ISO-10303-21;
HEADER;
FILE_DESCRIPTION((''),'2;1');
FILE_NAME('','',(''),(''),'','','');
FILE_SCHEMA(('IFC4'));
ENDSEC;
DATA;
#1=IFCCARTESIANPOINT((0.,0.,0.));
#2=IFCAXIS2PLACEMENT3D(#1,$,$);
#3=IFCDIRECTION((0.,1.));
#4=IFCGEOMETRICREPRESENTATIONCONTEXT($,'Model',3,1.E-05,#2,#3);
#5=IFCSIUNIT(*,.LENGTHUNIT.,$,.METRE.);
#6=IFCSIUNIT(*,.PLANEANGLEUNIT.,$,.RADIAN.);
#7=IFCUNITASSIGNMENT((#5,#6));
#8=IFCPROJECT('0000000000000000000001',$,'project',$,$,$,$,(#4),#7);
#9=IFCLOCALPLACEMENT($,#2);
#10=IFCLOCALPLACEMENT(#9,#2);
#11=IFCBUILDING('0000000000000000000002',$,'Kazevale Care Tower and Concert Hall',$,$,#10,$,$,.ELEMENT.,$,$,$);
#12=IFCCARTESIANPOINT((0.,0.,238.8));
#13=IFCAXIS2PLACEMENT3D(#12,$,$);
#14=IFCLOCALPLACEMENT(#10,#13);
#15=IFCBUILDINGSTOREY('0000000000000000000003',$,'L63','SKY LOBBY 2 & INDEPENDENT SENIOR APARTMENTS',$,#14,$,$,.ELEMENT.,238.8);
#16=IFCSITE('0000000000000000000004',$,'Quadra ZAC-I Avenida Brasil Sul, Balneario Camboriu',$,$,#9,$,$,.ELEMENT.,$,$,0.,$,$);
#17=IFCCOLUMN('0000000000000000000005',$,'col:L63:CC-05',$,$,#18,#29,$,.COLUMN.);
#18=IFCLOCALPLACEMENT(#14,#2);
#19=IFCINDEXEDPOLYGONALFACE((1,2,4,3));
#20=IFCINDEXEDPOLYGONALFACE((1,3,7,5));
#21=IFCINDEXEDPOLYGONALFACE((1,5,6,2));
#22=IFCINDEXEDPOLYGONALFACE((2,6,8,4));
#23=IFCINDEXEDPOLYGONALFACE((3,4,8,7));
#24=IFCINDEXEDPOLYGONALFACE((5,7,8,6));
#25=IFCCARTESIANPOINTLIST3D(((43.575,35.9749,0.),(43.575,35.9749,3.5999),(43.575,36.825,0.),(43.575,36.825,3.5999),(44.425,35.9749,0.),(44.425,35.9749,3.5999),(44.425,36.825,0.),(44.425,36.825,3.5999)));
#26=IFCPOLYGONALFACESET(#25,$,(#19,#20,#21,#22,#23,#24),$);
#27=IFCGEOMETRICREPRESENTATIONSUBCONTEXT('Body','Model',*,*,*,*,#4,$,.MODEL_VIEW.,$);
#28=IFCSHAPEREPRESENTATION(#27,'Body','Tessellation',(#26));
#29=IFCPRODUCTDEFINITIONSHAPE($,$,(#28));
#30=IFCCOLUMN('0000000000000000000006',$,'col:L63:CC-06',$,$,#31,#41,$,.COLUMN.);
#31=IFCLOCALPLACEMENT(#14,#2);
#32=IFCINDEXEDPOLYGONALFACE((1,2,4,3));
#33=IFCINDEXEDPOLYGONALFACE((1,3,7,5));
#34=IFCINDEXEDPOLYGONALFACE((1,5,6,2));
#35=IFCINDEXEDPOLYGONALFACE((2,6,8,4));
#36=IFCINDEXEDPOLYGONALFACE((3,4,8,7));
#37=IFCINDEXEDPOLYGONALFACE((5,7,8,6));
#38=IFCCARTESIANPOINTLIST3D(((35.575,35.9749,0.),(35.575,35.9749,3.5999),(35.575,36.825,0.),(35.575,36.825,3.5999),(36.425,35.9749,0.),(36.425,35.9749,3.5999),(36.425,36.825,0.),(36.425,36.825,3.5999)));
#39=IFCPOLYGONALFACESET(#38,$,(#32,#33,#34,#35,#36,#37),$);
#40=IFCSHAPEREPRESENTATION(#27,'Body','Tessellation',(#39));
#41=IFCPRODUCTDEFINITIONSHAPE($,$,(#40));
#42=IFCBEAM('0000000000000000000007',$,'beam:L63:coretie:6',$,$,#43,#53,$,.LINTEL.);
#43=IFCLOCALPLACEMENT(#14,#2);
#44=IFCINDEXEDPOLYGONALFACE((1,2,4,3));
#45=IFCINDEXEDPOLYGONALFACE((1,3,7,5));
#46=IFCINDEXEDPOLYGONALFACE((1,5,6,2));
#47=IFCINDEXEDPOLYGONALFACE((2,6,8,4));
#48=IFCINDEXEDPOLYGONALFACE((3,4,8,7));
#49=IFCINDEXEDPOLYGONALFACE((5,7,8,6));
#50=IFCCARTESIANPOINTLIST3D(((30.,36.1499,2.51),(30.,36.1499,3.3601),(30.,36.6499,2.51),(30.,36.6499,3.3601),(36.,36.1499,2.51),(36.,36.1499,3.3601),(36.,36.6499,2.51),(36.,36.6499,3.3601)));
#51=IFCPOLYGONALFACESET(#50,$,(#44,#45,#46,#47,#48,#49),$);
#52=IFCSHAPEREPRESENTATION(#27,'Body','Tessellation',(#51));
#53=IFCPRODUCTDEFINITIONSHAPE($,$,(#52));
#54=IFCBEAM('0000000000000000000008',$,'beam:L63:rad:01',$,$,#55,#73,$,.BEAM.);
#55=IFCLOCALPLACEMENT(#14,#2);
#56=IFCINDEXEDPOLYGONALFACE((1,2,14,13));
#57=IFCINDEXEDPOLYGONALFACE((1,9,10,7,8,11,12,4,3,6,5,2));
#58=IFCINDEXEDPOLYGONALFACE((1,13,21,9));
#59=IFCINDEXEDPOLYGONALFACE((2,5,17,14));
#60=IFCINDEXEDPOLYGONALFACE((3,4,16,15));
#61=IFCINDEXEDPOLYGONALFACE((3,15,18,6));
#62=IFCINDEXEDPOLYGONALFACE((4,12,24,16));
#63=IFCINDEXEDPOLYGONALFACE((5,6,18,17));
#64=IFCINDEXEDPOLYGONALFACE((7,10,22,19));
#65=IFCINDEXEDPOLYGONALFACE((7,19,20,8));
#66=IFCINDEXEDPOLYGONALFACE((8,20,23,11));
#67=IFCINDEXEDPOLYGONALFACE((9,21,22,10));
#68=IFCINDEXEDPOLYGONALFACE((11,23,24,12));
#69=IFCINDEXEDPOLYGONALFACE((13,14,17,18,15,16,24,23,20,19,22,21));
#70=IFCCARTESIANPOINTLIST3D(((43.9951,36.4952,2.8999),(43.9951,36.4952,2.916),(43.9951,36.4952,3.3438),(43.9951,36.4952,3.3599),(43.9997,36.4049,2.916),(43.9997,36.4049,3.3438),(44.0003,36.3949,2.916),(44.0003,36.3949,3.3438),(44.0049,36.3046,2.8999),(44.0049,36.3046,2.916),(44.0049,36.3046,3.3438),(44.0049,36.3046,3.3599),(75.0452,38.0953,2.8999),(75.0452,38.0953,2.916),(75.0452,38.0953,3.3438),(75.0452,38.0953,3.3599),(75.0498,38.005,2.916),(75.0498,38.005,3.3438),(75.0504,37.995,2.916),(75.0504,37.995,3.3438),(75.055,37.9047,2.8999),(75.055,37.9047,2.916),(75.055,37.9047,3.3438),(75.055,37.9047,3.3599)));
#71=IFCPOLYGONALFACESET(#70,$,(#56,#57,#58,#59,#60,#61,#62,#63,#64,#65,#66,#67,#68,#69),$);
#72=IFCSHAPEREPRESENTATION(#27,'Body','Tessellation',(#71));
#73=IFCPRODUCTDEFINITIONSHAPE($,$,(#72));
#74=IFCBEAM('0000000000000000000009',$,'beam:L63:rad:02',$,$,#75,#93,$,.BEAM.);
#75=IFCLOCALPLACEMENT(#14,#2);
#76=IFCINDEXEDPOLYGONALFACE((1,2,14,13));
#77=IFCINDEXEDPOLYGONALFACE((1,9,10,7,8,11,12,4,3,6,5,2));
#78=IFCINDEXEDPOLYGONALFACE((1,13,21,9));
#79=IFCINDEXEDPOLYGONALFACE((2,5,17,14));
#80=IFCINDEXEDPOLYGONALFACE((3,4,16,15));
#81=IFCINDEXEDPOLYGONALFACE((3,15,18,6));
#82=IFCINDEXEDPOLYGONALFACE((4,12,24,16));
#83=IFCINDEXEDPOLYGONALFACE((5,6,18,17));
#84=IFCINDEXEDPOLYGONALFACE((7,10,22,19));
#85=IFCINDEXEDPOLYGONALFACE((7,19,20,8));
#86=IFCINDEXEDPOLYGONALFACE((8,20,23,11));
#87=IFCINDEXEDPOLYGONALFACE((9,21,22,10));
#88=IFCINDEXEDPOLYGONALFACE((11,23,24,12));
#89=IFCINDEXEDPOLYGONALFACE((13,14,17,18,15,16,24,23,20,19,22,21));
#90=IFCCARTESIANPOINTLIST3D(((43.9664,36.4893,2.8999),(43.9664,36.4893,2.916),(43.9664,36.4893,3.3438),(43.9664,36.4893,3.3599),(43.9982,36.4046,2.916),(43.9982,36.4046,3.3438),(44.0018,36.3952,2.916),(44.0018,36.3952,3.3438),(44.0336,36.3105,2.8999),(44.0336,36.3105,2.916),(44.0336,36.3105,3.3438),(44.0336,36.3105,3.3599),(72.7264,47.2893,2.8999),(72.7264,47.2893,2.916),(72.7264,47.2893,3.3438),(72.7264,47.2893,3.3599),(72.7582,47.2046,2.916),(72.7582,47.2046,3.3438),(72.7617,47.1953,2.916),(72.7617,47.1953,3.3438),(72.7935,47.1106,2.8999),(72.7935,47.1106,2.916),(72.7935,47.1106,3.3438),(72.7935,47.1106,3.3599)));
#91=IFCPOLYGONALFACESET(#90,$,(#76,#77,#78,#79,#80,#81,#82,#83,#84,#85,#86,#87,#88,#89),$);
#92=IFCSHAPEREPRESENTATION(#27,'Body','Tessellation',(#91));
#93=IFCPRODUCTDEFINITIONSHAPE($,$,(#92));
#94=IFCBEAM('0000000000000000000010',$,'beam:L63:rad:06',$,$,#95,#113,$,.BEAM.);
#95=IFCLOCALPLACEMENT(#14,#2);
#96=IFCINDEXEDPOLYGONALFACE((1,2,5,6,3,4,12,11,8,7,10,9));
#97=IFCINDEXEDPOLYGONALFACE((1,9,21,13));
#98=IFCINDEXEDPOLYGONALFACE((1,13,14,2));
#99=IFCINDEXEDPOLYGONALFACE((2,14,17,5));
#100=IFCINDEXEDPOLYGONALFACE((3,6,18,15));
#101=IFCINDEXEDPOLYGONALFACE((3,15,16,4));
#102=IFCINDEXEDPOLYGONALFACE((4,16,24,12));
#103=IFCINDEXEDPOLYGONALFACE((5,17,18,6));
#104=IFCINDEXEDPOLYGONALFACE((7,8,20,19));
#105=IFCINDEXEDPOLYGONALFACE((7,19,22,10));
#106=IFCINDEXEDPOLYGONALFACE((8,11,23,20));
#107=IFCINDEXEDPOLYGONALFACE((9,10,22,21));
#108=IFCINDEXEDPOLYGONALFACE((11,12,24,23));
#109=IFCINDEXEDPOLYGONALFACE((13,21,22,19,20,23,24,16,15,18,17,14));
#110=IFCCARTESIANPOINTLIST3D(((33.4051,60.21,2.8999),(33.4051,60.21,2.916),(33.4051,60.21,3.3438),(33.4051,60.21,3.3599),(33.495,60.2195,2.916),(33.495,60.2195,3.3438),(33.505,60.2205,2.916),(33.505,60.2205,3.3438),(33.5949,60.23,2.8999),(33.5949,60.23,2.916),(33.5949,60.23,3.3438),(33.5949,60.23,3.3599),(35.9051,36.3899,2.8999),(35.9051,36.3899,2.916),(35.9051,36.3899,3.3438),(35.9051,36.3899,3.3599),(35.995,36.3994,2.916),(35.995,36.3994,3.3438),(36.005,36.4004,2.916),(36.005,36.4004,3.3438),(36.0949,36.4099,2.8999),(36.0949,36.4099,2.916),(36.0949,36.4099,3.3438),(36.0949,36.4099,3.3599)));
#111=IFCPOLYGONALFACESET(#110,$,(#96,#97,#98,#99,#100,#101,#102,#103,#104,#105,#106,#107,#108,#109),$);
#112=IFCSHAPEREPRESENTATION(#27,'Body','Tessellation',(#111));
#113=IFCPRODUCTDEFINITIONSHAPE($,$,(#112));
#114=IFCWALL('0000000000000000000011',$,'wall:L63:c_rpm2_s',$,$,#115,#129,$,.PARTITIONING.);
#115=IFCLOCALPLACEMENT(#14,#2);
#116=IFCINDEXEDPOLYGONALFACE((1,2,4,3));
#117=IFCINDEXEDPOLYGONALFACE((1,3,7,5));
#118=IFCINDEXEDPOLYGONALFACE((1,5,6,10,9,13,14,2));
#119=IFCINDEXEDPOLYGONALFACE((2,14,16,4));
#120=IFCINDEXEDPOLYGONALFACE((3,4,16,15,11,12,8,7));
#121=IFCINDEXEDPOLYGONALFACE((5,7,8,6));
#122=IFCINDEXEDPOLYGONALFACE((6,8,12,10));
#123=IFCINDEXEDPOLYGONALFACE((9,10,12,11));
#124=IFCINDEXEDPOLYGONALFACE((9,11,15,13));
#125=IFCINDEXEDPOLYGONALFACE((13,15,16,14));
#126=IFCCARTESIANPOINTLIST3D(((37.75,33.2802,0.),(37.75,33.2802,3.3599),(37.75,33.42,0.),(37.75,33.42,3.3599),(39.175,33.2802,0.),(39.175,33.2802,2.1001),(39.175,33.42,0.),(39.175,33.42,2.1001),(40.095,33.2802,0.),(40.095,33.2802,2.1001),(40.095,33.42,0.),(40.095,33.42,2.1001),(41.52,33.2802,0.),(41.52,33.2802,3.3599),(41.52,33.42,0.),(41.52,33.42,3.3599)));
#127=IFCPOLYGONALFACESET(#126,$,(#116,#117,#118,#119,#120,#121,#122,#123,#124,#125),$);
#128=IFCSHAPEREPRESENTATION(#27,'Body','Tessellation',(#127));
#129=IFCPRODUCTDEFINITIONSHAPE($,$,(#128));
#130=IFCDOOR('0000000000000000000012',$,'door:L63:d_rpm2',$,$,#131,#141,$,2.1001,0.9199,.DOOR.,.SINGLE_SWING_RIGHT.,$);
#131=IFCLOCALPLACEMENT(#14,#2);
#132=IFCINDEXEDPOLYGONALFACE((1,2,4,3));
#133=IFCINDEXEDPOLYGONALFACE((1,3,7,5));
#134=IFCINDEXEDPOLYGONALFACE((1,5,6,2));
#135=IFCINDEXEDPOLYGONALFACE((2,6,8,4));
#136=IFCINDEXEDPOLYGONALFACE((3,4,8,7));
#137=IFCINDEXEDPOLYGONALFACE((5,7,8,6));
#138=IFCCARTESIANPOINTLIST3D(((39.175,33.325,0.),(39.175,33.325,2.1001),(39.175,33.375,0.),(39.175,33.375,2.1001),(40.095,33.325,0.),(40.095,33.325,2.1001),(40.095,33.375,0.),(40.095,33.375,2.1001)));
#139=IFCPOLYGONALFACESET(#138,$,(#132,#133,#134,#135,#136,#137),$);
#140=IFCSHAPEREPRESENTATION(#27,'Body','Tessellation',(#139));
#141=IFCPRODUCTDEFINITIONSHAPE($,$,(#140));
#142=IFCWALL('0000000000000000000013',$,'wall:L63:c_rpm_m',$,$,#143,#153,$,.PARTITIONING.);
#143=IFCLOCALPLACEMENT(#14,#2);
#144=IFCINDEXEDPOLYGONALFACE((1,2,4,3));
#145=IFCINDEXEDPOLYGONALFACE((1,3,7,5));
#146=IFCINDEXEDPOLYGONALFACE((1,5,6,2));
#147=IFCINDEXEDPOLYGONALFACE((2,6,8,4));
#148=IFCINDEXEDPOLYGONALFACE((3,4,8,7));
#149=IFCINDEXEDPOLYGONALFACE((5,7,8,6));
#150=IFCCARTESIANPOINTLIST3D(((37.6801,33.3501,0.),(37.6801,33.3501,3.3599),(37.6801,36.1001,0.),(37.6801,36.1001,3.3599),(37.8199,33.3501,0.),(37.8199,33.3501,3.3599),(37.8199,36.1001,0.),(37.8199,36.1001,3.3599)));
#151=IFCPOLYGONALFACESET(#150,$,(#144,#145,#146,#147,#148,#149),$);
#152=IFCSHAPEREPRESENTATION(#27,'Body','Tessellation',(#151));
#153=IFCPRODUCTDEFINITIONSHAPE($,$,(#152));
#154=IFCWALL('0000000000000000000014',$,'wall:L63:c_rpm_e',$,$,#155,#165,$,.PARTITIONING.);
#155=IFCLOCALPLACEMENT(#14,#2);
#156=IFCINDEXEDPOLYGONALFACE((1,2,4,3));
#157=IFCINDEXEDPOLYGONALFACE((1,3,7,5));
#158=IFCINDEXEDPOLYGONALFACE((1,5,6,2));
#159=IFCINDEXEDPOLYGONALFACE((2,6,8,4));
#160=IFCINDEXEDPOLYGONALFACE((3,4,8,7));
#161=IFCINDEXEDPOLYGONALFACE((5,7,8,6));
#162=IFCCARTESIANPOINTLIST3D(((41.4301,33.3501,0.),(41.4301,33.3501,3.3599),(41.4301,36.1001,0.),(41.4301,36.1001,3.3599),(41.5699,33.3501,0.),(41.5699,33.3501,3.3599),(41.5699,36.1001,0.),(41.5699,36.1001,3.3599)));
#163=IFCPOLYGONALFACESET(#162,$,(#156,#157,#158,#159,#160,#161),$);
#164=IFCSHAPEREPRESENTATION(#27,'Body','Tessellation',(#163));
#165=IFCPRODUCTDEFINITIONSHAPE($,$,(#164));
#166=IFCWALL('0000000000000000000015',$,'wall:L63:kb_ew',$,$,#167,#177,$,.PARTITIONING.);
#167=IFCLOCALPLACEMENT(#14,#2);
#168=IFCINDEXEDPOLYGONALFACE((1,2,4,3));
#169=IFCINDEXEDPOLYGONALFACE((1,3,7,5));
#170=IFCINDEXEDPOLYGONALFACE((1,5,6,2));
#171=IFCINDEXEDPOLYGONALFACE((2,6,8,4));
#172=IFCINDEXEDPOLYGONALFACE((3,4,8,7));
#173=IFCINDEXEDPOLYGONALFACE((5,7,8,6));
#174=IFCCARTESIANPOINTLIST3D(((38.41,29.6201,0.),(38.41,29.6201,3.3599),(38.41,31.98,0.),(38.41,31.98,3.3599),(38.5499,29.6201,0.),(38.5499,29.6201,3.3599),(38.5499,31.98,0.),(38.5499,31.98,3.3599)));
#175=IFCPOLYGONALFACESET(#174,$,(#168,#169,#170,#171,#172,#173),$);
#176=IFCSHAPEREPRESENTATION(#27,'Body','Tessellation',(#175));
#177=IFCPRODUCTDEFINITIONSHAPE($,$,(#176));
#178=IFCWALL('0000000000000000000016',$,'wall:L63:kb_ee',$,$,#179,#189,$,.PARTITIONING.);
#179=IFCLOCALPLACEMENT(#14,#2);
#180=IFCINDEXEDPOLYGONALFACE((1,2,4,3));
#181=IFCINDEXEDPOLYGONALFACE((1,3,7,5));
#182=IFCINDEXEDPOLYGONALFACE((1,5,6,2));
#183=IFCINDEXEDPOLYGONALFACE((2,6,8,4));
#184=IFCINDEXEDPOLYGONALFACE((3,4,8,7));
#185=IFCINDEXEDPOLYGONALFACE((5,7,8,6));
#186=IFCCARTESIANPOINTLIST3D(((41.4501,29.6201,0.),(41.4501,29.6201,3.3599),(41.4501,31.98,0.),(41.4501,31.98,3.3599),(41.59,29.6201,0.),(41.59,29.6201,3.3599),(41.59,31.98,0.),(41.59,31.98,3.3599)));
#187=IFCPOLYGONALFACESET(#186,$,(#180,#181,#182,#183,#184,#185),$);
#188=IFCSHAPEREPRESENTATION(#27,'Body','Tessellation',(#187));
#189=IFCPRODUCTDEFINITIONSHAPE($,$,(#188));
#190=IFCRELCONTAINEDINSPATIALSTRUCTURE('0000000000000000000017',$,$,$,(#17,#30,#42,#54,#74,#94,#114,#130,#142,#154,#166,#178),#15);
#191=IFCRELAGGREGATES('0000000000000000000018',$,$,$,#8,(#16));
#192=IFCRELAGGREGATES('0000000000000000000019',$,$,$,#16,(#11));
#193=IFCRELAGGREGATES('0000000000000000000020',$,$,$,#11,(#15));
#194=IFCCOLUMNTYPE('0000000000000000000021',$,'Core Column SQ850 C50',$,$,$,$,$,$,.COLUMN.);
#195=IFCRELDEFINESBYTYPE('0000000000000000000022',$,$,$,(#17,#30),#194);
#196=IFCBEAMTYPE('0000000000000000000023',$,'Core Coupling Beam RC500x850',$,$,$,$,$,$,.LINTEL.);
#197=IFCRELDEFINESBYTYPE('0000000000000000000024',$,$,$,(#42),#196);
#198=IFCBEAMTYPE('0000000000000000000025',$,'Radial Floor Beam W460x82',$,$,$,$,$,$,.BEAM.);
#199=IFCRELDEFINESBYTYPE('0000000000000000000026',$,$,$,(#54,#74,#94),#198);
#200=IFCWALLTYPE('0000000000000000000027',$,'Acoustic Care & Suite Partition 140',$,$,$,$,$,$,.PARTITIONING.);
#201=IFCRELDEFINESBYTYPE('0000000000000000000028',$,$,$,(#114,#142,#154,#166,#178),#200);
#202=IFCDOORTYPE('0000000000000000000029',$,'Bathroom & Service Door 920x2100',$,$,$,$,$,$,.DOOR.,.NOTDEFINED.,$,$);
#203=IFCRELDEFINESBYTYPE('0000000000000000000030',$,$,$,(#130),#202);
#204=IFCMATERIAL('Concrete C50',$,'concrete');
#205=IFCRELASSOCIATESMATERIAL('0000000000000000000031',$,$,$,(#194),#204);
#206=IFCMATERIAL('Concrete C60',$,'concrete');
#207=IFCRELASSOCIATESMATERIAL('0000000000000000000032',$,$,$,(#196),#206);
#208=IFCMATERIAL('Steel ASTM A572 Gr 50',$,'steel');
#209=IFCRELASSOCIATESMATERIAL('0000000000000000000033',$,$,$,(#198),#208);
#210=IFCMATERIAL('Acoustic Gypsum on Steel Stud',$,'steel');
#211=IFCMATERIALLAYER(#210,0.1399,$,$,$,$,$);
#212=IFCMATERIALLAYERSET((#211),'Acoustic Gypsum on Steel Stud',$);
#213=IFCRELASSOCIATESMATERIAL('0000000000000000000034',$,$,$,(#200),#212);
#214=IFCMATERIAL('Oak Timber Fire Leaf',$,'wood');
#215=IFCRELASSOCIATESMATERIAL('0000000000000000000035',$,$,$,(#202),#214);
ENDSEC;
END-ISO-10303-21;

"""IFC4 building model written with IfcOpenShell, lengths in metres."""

from ifc_helpers import new_model, si_unit, direction, frame, frame_2d, origin, origin_2d, place, context, subcontext, project, spatial, rectangle, i_section, extrude, material, layer, layer_set, material_profile, profile_set, type_object, element, fill, save


model = new_model("IFC4")

# Units and contexts
model_context = context("Model", 3, precision=1e-05, world=origin(), true_north=direction((0.0, 1.0)))
body_context = subcontext(model_context, "Body", "Model", "MODEL_VIEW")
ifc_project = project(units=[si_unit("LENGTHUNIT", "METRE"), si_unit("PLANEANGLEUNIT", "RADIAN")], contexts=[model_context])

# Site, building, storey
site_placement = place(None, origin())
site = spatial("IfcSite", under=ifc_project, at=site_placement, Name="Quadra ZAC-I Avenida Brasil Sul, Balneario Camboriu", CompositionType="ELEMENT", RefElevation=0.0)
building_placement = place(site_placement, origin())
building = spatial("IfcBuilding", under=site, at=building_placement, Name="Kazevale Care Tower and Concert Hall", CompositionType="ELEMENT")
storey_placement = place(building_placement, frame((0.0, 0.0, 238.8)))
storey = spatial("IfcBuildingStorey", under=building, at=storey_placement, Name="L63", Description="SKY LOBBY 2 & INDEPENDENT SENIOR APARTMENTS", CompositionType="ELEMENT", Elevation=238.8)

# Columns
ifc_material_1 = material(Name="Concrete C50", Category="concrete")
ifc_material_profile_1 = material_profile(ifc_material_1, rectangle(XDim=0.8501, YDim=0.8501, at=origin_2d()), Name="RC-SQ850")
ifc_profile_set_1 = profile_set([ifc_material_profile_1], Name="Concrete C50")
column_type = type_object("IfcColumnType", Name="Core Column SQ850 C50", PredefinedType="COLUMN", material=ifc_profile_set_1)
for number, where, z_axis, x_axis, name in (
    (1, (44.0, 36.3999, 0.0), (0.0, 0.0, 1.0), (1.0, 0.0, 0.0), "col:L63:CC-05"),
    (2, (36.0, 36.3999, 0.0), (0.0, 0.0, 1.0), (1.0, 0.0, 0.0), "col:L63:CC-06"),
):
    element("IfcColumn", number, at=place(storey_placement, frame(where, z_axis=z_axis, x_axis=x_axis)), inside=storey, type_object=column_type, Name=name, PredefinedType="COLUMN", context=body_context, shape_type="SweptSolid", body=[
        extrude(rectangle(XDim=0.8501, YDim=0.8501, at=origin_2d()), origin(), (0.0, 0.0, 1.0), 3.5999),
    ])

# Beams
ifc_material_2 = material(Name="Concrete C60", Category="concrete")
ifc_material_profile_2 = material_profile(ifc_material_2, rectangle(XDim=0.5, YDim=0.8501, at=origin_2d()), Name="RC-B500x850")
ifc_profile_set_2 = profile_set([ifc_material_profile_2], Name="Concrete C60")
beam_type_1 = type_object("IfcBeamType", Name="Core Coupling Beam RC500x850", PredefinedType="LINTEL", material=ifc_profile_set_2)
beam_1_placement = place(storey_placement, frame((36.0, 36.3999, 2.9351), z_axis=(-1.0, 0.0, 0.0), x_axis=(0.0, -1.0, 0.0)))
element("IfcBeam", 3, at=beam_1_placement, inside=storey, type_object=beam_type_1, Name="beam:L63:coretie:6", PredefinedType="LINTEL", context=body_context, shape_type="SweptSolid", body=[
    extrude(rectangle(XDim=0.5, YDim=0.8501, at=origin_2d()), origin(), (0.0, 0.0, 1.0), 6.0),
])
ifc_material_3 = material(Name="Steel ASTM A572 Gr 50", Category="steel")
ifc_material_profile_3 = material_profile(ifc_material_3, i_section(OverallWidth=0.1909, OverallDepth=0.46, WebThickness=0.01, FlangeThickness=0.0161, at=origin_2d()), Name="W460x82")
ifc_profile_set_3 = profile_set([ifc_material_profile_3], Name="Steel ASTM A572 Gr 50")
beam_type_2 = type_object("IfcBeamType", Name="Radial Floor Beam W460x82", PredefinedType="BEAM", material=ifc_profile_set_3)
beam_2_placement = place(storey_placement, frame((44.0, 36.3999, 3.1299), z_axis=(0.998675, 0.051465, 0.0), x_axis=(-0.051465, 0.998675, 0.0)))
element("IfcBeam", 4, at=beam_2_placement, inside=storey, type_object=beam_type_2, Name="beam:L63:rad:01", PredefinedType="BEAM", context=body_context, shape_type="SweptSolid", body=[
    extrude(i_section(OverallWidth=0.1909, OverallDepth=0.46, WebThickness=0.01, FlangeThickness=0.0161, at=origin_2d()), origin(), (0.0, 0.0, 1.0), 31.0913),
])
beam_3_placement = place(storey_placement, frame((44.0, 36.3999, 3.1299), z_axis=(0.936168, 0.351553, 0.0), x_axis=(-0.351553, 0.936168, 0.0)))
element("IfcBeam", 5, at=beam_3_placement, inside=storey, type_object=beam_type_2, Name="beam:L63:rad:02", PredefinedType="BEAM", context=body_context, shape_type="SweptSolid", body=[
    extrude(i_section(OverallWidth=0.1909, OverallDepth=0.46, WebThickness=0.01, FlangeThickness=0.0161, at=origin_2d()), origin(), (0.0, 0.0, 1.0), 30.7209),
])
beam_4_placement = place(storey_placement, frame((36.0, 36.3999, 3.1299), z_axis=(-0.10438, 0.994537, 0.0), x_axis=(-0.994537, -0.10438, 0.0)))
element("IfcBeam", 6, at=beam_4_placement, inside=storey, type_object=beam_type_2, Name="beam:L63:rad:06", PredefinedType="BEAM", context=body_context, shape_type="SweptSolid", body=[
    extrude(i_section(OverallWidth=0.1909, OverallDepth=0.46, WebThickness=0.01, FlangeThickness=0.0161, at=origin_2d()), origin(), (0.0, 0.0, 1.0), 23.9509),
])

# Wall, opening, door
ifc_material_4 = material(Name="Acoustic Gypsum on Steel Stud", Category="steel")
ifc_layer_1 = layer(ifc_material_4, 0.1399)
ifc_layer_set_1 = layer_set([ifc_layer_1], Name="Acoustic Gypsum on Steel Stud")
wall_type_1 = type_object("IfcWallType", Name="Acoustic Care & Suite Partition 140", PredefinedType="PARTITIONING", material=ifc_layer_set_1)
wall_1_placement = place(storey_placement, frame((37.75, 33.3501, 0.0), z_axis=(0.0, 0.0, 1.0), x_axis=(1.0, 0.0, 0.0)))
wall_1 = element("IfcWall", 7, at=wall_1_placement, inside=storey, type_object=wall_type_1, Name="wall:L63:c_rpm2_s", PredefinedType="PARTITIONING", context=body_context, shape_type="SweptSolid", body=[
    extrude(rectangle(XDim=3.77, YDim=0.1399, at=frame_2d((1.885, 0.0))), origin(), (0.0, 0.0, 1.0), 3.3599),
])
opening_1_placement = place(wall_1_placement, frame((1.425, 0.0, 0.0)))
opening_1 = element("IfcOpeningElement", 8, at=opening_1_placement, cuts=wall_1, PredefinedType="OPENING", context=body_context, shape_type="SweptSolid", body=[
    extrude(rectangle(XDim=0.9199, YDim=2.1001, at=frame_2d((0.46, 1.05))), frame((0.0, 0.0798, 0.0), z_axis=(0.0, -1.0, 0.0), x_axis=(1.0, 0.0, 0.0)), (0.0, 0.0, 1.0), 0.1599),
])
ifc_material_5 = material(Name="Oak Timber Fire Leaf", Category="wood")
door_type_1 = type_object("IfcDoorType", Name="Bathroom & Service Door 920x2100", OperationType="NOTDEFINED", PredefinedType="DOOR", material=ifc_material_5)
door_1_placement = place(opening_1_placement, origin())
door_1 = element("IfcDoor", 9, at=door_1_placement, inside=storey, type_object=door_type_1, Name="door:L63:d_rpm2", OperationType="SINGLE_SWING_RIGHT", OverallHeight=2.1001, OverallWidth=0.9199, PredefinedType="DOOR", context=body_context, shape_type="SweptSolid", body=[
    extrude(rectangle(XDim=0.9199, YDim=2.1001, at=frame_2d((0.46, 1.05))), frame((0.0, 0.0249, 0.0), z_axis=(0.0, -1.0, 0.0), x_axis=(1.0, 0.0, 0.0)), (0.0, 0.0, 1.0), 0.05),
])
fill(opening_1, door_1)

# Walls
for number, where, z_axis, x_axis, name in (
    (10, (37.75, 33.3501, 0.0), (0.0, 0.0, 1.0), (0.0, 1.0, 0.0), "wall:L63:c_rpm_m"),
    (11, (41.5, 33.3501, 0.0), (0.0, 0.0, 1.0), (0.0, 1.0, 0.0), "wall:L63:c_rpm_e"),
):
    element("IfcWall", number, at=place(storey_placement, frame(where, z_axis=z_axis, x_axis=x_axis)), inside=storey, type_object=wall_type_1, Name=name, PredefinedType="PARTITIONING", context=body_context, shape_type="SweptSolid", body=[
        extrude(rectangle(XDim=2.75, YDim=0.1399, at=frame_2d((1.375, 0.0))), origin(), (0.0, 0.0, 1.0), 3.3599),
    ])
for number, where, z_axis, x_axis, name in (
    (12, (38.48, 29.6201, 0.0), (0.0, 0.0, 1.0), (0.0, 1.0, 0.0), "wall:L63:kb_ew"),
    (13, (41.52, 29.6201, 0.0), (0.0, 0.0, 1.0), (0.0, 1.0, 0.0), "wall:L63:kb_ee"),
):
    element("IfcWall", number, at=place(storey_placement, frame(where, z_axis=z_axis, x_axis=x_axis)), inside=storey, type_object=wall_type_1, Name=name, PredefinedType="PARTITIONING", context=body_context, shape_type="SweptSolid", body=[
        extrude(rectangle(XDim=2.3599, YDim=0.1399, at=frame_2d((1.1799, 0.0))), origin(), (0.0, 0.0, 1.0), 3.3599),
    ])

save(model, "model.ifc")
